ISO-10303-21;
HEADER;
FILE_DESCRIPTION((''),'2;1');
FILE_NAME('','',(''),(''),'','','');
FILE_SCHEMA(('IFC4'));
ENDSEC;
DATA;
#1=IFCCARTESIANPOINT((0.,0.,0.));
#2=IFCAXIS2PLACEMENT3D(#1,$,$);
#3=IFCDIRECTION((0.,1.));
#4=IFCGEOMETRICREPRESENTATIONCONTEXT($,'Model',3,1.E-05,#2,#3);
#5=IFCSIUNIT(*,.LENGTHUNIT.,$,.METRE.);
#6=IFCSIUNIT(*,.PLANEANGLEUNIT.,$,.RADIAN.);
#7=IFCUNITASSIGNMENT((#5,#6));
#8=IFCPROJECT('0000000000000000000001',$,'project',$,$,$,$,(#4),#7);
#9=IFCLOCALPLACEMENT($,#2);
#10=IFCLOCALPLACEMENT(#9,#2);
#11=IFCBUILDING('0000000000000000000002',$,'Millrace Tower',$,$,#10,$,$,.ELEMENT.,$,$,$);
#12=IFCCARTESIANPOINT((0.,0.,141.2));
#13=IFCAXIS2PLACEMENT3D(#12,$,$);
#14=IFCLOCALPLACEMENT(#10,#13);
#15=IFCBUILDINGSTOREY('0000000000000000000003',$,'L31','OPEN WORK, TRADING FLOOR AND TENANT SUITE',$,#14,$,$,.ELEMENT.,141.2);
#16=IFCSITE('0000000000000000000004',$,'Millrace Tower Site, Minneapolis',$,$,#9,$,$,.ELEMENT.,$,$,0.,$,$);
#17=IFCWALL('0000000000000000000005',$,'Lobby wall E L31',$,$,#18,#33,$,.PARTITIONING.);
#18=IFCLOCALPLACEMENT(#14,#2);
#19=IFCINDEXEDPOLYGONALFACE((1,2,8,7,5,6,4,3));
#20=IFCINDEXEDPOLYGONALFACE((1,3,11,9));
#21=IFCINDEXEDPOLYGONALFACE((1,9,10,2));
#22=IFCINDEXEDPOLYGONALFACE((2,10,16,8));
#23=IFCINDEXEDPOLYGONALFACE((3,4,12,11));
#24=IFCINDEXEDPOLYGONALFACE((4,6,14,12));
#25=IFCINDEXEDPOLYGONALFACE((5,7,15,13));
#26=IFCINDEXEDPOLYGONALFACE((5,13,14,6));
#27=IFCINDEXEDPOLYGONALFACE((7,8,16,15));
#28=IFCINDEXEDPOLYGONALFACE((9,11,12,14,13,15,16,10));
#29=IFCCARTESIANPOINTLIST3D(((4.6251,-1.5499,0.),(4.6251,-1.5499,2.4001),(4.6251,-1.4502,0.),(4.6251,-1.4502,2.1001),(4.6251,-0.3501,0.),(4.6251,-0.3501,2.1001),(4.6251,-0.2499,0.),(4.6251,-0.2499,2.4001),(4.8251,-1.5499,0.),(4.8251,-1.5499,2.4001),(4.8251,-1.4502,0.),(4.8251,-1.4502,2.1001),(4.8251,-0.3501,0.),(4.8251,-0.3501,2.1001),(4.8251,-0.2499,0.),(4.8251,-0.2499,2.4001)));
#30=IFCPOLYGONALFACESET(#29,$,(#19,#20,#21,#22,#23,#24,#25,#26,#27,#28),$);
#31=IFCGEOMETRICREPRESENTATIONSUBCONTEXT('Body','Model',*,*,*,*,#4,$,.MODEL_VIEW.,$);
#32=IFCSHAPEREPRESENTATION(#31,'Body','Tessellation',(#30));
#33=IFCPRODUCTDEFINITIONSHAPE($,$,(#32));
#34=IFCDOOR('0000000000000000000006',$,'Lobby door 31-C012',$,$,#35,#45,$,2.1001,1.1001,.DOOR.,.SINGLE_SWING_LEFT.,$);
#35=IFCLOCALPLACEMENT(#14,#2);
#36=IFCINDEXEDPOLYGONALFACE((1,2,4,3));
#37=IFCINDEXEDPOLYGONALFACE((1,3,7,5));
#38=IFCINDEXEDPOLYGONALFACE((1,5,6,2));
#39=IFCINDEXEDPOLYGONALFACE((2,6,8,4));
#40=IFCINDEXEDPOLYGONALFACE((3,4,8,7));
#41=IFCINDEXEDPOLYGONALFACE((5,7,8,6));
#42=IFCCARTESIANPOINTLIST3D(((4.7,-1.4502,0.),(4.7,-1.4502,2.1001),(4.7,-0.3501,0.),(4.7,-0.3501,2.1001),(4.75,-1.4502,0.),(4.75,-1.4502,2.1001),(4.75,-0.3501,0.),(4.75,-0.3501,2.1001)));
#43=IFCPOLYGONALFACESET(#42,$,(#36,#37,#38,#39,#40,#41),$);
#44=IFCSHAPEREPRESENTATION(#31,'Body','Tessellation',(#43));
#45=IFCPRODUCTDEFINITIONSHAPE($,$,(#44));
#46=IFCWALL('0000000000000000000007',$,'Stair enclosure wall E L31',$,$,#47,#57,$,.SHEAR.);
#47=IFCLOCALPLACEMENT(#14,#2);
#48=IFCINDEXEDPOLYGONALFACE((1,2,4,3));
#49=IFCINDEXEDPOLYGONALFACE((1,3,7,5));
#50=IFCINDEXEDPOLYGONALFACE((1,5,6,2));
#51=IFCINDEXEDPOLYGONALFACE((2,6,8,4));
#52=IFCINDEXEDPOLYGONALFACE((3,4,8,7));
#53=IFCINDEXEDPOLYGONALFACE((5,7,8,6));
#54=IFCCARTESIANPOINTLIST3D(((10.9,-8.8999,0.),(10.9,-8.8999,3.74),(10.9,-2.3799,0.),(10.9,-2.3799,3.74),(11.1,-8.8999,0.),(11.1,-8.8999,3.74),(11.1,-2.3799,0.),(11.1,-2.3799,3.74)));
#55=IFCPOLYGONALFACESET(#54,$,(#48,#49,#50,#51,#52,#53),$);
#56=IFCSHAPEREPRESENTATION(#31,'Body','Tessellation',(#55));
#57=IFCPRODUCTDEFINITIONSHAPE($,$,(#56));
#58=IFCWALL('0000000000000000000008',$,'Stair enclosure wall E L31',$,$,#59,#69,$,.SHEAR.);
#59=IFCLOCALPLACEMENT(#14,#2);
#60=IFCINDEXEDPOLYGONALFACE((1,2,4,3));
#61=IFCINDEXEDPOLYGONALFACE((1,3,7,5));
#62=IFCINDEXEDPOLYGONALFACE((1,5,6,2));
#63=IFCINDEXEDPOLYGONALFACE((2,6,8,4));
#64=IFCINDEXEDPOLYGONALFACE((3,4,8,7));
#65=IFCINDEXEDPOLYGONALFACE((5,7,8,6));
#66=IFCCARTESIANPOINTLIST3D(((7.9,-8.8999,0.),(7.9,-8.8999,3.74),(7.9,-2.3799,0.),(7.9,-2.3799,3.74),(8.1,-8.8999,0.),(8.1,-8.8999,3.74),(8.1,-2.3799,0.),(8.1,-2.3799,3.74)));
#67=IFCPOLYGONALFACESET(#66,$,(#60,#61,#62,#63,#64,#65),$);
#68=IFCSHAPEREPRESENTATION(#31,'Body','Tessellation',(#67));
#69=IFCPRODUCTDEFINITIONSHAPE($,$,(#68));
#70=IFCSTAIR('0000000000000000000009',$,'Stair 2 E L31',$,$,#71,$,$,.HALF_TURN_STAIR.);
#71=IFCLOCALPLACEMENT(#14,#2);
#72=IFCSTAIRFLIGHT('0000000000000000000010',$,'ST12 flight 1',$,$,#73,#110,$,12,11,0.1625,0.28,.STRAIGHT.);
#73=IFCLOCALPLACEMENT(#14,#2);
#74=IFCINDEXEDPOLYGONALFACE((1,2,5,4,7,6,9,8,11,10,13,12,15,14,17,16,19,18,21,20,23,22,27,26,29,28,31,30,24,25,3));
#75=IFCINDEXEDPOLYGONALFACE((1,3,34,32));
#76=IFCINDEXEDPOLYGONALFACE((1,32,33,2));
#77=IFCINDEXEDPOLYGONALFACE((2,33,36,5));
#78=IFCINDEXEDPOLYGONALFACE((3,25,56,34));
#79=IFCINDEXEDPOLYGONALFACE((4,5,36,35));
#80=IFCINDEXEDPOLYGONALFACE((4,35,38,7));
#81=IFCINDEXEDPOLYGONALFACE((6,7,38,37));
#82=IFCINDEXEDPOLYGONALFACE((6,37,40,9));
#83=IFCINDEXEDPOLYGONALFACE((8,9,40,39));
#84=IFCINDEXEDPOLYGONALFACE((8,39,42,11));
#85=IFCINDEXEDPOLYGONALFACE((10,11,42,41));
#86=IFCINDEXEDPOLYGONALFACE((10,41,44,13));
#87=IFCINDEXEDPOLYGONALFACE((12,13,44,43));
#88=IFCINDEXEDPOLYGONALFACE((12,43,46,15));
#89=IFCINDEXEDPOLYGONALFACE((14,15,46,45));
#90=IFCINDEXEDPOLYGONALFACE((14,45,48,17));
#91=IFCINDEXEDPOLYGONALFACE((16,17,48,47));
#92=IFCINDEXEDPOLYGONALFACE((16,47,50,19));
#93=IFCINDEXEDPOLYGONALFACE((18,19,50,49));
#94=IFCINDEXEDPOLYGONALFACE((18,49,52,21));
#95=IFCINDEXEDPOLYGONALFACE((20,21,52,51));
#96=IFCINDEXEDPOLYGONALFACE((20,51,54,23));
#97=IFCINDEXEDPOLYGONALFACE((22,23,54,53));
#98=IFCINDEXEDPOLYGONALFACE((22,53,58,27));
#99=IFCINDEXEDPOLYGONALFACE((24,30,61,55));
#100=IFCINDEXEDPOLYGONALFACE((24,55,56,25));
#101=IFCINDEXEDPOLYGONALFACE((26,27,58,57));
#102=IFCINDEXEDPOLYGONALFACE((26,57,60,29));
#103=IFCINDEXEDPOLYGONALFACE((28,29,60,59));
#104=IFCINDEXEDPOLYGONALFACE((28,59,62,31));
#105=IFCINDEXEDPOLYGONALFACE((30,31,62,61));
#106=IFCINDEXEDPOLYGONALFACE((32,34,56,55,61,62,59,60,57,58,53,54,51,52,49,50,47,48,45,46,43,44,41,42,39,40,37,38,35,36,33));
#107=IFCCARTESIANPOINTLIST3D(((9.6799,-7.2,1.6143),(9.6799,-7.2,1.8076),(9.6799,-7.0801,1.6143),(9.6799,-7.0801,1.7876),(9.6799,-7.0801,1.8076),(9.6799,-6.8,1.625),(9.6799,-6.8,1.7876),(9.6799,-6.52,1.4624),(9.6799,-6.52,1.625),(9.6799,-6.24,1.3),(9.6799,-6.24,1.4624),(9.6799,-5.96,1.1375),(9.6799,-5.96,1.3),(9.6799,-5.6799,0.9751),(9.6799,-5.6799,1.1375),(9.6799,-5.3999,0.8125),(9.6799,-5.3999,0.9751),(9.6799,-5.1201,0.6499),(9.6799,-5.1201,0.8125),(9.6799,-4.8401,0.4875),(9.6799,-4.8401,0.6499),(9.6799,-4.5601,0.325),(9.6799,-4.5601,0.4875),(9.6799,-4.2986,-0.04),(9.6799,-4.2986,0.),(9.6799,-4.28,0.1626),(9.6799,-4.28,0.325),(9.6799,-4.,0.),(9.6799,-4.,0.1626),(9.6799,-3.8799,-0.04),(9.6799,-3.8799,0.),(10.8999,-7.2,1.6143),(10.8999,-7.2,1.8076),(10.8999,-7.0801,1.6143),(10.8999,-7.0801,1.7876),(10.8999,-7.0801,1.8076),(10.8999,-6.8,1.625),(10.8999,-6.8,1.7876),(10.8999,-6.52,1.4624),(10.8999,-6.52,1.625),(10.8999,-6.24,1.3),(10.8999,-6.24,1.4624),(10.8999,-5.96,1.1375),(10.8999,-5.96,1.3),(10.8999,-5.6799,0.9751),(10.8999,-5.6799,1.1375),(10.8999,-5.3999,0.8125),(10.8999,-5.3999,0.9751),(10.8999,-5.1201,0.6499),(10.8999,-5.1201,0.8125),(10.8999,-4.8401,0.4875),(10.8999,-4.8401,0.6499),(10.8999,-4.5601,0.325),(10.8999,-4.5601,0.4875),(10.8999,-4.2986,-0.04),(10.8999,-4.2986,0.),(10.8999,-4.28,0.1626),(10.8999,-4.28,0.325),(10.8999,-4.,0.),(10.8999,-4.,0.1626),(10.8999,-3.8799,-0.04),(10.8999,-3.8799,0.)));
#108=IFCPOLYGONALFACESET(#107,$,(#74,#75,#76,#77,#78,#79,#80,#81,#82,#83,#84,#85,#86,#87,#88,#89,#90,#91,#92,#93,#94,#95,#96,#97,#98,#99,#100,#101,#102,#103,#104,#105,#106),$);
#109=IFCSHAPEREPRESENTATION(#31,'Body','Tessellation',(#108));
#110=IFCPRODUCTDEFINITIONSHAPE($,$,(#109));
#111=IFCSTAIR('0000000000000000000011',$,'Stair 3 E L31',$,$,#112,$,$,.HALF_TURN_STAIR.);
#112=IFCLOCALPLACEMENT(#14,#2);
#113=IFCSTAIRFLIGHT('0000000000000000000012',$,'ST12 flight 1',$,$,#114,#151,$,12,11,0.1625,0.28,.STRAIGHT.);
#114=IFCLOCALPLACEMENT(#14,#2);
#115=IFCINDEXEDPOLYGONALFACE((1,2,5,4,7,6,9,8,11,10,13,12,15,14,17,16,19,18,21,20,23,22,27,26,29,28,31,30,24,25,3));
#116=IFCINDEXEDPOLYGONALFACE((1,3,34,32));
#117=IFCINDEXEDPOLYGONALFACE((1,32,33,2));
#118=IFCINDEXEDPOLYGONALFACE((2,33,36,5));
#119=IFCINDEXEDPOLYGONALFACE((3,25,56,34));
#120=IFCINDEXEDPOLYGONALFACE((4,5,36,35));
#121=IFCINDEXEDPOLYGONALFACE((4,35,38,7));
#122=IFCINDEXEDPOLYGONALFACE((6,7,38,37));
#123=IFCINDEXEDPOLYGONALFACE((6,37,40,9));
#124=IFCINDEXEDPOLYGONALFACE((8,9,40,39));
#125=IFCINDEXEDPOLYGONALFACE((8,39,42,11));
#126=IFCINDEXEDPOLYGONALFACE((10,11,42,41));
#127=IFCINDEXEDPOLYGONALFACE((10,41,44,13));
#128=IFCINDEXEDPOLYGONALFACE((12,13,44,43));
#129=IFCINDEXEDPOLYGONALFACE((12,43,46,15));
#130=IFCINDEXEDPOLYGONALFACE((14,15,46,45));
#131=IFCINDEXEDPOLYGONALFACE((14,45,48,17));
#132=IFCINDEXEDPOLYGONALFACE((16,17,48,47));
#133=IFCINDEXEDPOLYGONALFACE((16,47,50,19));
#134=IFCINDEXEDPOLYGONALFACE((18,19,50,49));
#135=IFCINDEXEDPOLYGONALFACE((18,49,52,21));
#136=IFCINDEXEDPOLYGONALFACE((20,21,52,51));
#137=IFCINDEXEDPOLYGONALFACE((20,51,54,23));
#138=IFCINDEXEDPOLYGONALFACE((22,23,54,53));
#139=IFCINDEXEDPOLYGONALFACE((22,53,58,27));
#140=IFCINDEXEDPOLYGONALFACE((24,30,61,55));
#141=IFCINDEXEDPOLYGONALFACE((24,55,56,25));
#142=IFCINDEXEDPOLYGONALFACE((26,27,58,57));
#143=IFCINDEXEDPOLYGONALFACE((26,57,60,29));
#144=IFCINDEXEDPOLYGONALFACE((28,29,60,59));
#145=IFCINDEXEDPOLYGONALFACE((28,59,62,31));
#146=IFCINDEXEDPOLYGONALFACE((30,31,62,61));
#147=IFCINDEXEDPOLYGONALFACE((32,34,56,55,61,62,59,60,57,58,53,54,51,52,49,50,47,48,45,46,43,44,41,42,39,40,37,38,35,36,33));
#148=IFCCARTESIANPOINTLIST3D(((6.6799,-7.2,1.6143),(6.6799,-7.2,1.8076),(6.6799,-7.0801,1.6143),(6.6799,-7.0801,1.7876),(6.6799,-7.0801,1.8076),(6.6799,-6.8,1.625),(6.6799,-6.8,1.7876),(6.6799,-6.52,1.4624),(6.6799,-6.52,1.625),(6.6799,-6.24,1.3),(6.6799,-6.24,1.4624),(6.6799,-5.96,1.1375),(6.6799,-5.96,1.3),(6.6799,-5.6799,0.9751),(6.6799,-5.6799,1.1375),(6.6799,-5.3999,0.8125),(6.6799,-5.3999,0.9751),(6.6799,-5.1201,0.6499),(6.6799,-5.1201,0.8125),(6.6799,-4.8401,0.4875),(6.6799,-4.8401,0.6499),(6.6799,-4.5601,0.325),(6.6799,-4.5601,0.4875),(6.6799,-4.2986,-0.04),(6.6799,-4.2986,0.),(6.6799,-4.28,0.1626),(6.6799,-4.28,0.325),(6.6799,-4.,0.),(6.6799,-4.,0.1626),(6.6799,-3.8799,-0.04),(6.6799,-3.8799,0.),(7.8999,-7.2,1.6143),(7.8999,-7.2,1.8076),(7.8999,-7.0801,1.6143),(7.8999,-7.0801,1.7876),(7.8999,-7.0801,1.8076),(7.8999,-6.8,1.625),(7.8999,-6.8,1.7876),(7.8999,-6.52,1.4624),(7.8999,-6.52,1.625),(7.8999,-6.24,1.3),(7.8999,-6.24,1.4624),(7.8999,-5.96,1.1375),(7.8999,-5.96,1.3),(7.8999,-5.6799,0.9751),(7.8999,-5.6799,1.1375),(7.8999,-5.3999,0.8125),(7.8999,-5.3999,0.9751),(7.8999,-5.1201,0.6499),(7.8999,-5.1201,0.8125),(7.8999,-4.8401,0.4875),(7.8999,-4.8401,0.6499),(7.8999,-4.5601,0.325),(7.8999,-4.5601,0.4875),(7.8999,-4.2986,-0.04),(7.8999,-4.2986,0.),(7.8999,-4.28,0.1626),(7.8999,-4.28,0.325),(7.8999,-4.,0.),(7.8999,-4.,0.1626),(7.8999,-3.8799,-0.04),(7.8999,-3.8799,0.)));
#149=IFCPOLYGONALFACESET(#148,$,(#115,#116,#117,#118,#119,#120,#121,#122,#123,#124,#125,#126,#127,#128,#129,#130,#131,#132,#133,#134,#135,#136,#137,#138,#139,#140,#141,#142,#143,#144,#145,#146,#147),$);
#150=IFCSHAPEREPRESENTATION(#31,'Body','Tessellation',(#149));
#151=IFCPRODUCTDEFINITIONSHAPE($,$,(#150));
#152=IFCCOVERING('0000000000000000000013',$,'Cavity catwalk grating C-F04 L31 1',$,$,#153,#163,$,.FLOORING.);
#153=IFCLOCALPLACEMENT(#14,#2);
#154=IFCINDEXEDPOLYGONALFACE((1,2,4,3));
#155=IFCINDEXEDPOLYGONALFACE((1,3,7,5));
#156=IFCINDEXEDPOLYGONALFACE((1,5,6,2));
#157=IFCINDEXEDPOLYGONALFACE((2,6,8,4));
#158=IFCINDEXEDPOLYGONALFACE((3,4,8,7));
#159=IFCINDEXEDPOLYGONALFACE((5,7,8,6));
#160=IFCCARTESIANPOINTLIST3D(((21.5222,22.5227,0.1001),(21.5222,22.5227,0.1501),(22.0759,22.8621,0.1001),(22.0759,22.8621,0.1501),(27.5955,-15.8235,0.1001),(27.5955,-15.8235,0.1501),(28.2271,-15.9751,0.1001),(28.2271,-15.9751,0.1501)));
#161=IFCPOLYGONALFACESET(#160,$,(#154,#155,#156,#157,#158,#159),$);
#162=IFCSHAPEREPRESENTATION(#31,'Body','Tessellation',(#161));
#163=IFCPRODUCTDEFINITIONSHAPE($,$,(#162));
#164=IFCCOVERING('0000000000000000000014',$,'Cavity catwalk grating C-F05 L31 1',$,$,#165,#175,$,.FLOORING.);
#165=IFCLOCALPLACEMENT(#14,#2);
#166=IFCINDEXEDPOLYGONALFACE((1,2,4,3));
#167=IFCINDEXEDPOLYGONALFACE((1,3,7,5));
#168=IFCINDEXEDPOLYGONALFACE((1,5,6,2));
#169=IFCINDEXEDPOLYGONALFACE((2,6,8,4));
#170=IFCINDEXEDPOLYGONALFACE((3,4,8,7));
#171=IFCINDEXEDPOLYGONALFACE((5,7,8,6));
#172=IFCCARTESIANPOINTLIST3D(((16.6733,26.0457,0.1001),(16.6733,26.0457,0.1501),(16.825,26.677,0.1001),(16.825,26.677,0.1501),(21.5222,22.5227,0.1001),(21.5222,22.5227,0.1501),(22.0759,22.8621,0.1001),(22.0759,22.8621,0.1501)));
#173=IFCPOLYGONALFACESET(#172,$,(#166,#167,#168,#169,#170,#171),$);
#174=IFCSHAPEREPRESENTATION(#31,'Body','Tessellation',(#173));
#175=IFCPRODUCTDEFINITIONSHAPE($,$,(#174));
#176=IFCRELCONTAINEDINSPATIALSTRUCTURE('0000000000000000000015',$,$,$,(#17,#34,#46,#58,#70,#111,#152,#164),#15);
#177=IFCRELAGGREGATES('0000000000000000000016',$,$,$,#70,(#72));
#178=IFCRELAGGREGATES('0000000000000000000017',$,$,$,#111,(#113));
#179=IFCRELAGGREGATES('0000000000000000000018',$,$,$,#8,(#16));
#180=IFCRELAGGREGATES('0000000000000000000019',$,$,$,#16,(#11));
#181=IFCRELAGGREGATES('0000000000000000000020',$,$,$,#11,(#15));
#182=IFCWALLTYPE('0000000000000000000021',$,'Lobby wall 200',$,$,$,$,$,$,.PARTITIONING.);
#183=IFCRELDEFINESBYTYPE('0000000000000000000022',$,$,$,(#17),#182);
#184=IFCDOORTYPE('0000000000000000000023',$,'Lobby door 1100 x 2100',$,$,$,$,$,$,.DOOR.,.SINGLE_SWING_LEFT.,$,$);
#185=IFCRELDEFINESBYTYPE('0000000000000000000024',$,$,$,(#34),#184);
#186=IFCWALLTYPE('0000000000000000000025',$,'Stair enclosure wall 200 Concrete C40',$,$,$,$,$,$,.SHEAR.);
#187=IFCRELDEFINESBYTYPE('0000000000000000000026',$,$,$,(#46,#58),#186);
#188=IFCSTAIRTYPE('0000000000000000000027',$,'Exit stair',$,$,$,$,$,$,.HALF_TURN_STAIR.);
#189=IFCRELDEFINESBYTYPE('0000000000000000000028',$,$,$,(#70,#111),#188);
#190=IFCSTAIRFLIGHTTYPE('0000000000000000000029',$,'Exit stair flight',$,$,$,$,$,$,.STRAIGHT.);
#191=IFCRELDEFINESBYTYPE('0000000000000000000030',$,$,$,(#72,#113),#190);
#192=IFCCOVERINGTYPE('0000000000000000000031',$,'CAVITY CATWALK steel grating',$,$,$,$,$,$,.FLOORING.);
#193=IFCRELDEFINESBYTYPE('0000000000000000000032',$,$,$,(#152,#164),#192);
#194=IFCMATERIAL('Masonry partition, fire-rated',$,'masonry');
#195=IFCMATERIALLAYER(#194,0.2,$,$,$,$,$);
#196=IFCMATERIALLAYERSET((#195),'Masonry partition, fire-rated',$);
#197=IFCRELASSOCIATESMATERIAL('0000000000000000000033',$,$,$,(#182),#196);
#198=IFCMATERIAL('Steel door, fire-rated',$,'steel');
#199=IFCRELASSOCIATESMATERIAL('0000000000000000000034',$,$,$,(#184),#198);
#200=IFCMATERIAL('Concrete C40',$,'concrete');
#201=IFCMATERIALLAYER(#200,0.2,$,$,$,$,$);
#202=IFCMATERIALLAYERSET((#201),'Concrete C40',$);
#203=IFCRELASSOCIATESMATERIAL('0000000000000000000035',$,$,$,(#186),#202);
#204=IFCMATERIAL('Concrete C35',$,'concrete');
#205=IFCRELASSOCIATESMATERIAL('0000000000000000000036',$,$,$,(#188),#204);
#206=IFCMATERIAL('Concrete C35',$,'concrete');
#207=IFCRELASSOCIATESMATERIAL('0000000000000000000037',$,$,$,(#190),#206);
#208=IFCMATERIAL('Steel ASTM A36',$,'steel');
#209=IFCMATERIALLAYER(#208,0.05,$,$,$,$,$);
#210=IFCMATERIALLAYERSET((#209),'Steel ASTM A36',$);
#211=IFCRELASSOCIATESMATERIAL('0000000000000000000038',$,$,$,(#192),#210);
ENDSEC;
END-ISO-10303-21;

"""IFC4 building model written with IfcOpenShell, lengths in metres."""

from ifc_helpers import new_model, si_unit, direction, frame, frame_2d, origin, place, context, subcontext, project, spatial, polyline, rectangle, outline, extrude, material, layer, layer_set, type_object, element, fill, aggregate, save


model = new_model("IFC4")

# Units and contexts
model_context = context("Model", 3, precision=1e-05, world=origin(), true_north=direction((0.0, 1.0)))
body_context = subcontext(model_context, "Body", "Model", "MODEL_VIEW")
ifc_project = project(units=[si_unit("LENGTHUNIT", "METRE"), si_unit("PLANEANGLEUNIT", "RADIAN")], contexts=[model_context])

# Site, building, storey
site_placement = place(None, origin())
site = spatial("IfcSite", under=ifc_project, at=site_placement, Name="Millrace Tower Site, Minneapolis", CompositionType="ELEMENT", RefElevation=0.0)
building_placement = place(site_placement, origin())
building = spatial("IfcBuilding", under=site, at=building_placement, Name="Millrace Tower", CompositionType="ELEMENT")
storey_placement = place(building_placement, frame((0.0, 0.0, 141.2)))
storey = spatial("IfcBuildingStorey", under=building, at=storey_placement, Name="L31", Description="OPEN WORK, TRADING FLOOR AND TENANT SUITE", CompositionType="ELEMENT", Elevation=141.2)

# Shared definitions
placement_1 = place(storey_placement, origin())

# Wall, opening, door
ifc_material_1 = material(Name="Masonry partition, fire-rated", Category="masonry")
ifc_layer_1 = layer(ifc_material_1, 0.2)
ifc_layer_set_1 = layer_set([ifc_layer_1], Name="Masonry partition, fire-rated")
wall_type_1 = type_object("IfcWallType", Name="Lobby wall 200", PredefinedType="PARTITIONING", material=ifc_layer_set_1)
wall_1_placement = place(storey_placement, frame((4.7251, -0.25, 0.0), z_axis=(0.0, 0.0, 1.0), x_axis=(0.0, -1.0, 0.0)))
wall_1 = element("IfcWall", 1, at=wall_1_placement, inside=storey, type_object=wall_type_1, Name="Lobby wall E L31", PredefinedType="PARTITIONING", context=body_context, shape_type="SweptSolid", body=[
    extrude(rectangle(XDim=1.3, YDim=0.2, at=frame_2d((0.6499, 0.0))), origin(), (0.0, 0.0, 1.0), 2.4001),
])
opening_1_placement = place(wall_1_placement, frame((0.1001, 0.0, 0.0)))
opening_1 = element("IfcOpeningElement", 2, at=opening_1_placement, cuts=wall_1, PredefinedType="OPENING", context=body_context, shape_type="SweptSolid", body=[
    extrude(rectangle(XDim=1.1001, YDim=2.1001, at=frame_2d((0.55, 1.05))), frame((0.0, 0.1099, 0.0), z_axis=(0.0, -1.0, 0.0), x_axis=(1.0, 0.0, 0.0)), (0.0, 0.0, 1.0), 0.22),
])
ifc_material_2 = material(Name="Steel door, fire-rated", Category="steel")
door_type_1 = type_object("IfcDoorType", Name="Lobby door 1100 x 2100", OperationType="SINGLE_SWING_LEFT", PredefinedType="DOOR", material=ifc_material_2)
door_1_placement = place(opening_1_placement, origin())
door_1 = element("IfcDoor", 3, at=door_1_placement, inside=storey, type_object=door_type_1, Name="Lobby door 31-C012", OperationType="SINGLE_SWING_LEFT", OverallHeight=2.1001, OverallWidth=1.1001, PredefinedType="DOOR", context=body_context, shape_type="SweptSolid", body=[
    extrude(rectangle(XDim=1.1001, YDim=2.1001, at=frame_2d((0.55, 1.05))), frame((0.0, 0.0249, 0.0), z_axis=(0.0, -1.0, 0.0), x_axis=(1.0, 0.0, 0.0)), (0.0, 0.0, 1.0), 0.05),
])
fill(opening_1, door_1)

# Walls
ifc_material_3 = material(Name="Concrete C40", Category="concrete")
ifc_layer_2 = layer(ifc_material_3, 0.2)
ifc_layer_set_2 = layer_set([ifc_layer_2], Name="Concrete C40")
wall_type_2 = type_object("IfcWallType", Name="Stair enclosure wall 200 Concrete C40", PredefinedType="SHEAR", material=ifc_layer_set_2)
for number, where, z_axis, x_axis, name in (
    (4, (11.0, -2.3799, 0.0), (0.0, 0.0, 1.0), (0.0, -1.0, 0.0), "Stair enclosure wall E L31"),
    (5, (8.0, -2.3799, 0.0), (0.0, 0.0, 1.0), (0.0, -1.0, 0.0), "Stair enclosure wall E L31"),
):
    element("IfcWall", number, at=place(storey_placement, frame(where, z_axis=z_axis, x_axis=x_axis)), inside=storey, type_object=wall_type_2, Name=name, PredefinedType="SHEAR", context=body_context, shape_type="SweptSolid", body=[
        extrude(rectangle(XDim=6.52, YDim=0.2, at=frame_2d((3.26, 0.0))), origin(), (0.0, 0.0, 1.0), 3.74),
    ])

# Stairs, stair flights
ifc_material_4 = material(Name="Concrete C35", Category="concrete")
stair_type = type_object("IfcStairType", Name="Exit stair", PredefinedType="HALF_TURN_STAIR", material=ifc_material_4)
stair_1 = element("IfcStair", 6, at=placement_1, inside=storey, type_object=stair_type, Name="Stair 2 E L31", PredefinedType="HALF_TURN_STAIR")
ifc_material_5 = material(Name="Concrete C35", Category="concrete")
stair_flight_type = type_object("IfcStairFlightType", Name="Exit stair flight", PredefinedType="STRAIGHT", material=ifc_material_5)
stair_flight_1_placement = place(storey_placement, frame((10.29, -4.0, 0.0), z_axis=(0.0, 0.0, 1.0), x_axis=(0.0, -1.0, 0.0)))
stair_flight_1 = element("IfcStairFlight", 7, at=stair_flight_1_placement, type_object=stair_flight_type, Name="ST12 flight 1", NumberOfRisers=12, NumberOfTreads=11, PredefinedType="STRAIGHT", RiserHeight=0.1625, TreadLength=0.28, context=body_context, shape_type="SweptSolid", body=[
    extrude(outline(polyline([(-0.1201, -0.04), (-0.1201, 0.0), (0.0, 0.0), (0.0, 0.1626), (0.28, 0.1626), (0.28, 0.325), (0.5601, 0.325), (0.5601, 0.4875), (0.8401, 0.4875), (0.8401, 0.6499), (1.1201, 0.6499), (1.1201, 0.8125), (1.3999, 0.8125), (1.3999, 0.9751), (1.6799, 0.9751), (1.6799, 1.1375), (1.96, 1.1375), (1.96, 1.3), (2.24, 1.3), (2.24, 1.4624), (2.52, 1.4624), (2.52, 1.625), (2.8, 1.625), (2.8, 1.7876), (3.0801, 1.7876), (3.0801, 1.8076), (3.2, 1.8076), (3.2, 1.6143), (3.0801, 1.6143), (0.2986, 0.0), (0.2986, -0.04), (-0.1201, -0.04)])), frame((0.0, 0.6099, 0.0), z_axis=(0.0, -1.0, 0.0), x_axis=(1.0, 0.0, 0.0)), (0.0, 0.0, 1.0), 1.22),
])
aggregate(stair_1, [stair_flight_1])
stair_2 = element("IfcStair", 8, at=placement_1, inside=storey, type_object=stair_type, Name="Stair 3 E L31", PredefinedType="HALF_TURN_STAIR")
stair_flight_2_placement = place(storey_placement, frame((7.29, -4.0, 0.0), z_axis=(0.0, 0.0, 1.0), x_axis=(0.0, -1.0, 0.0)))
stair_flight_2 = element("IfcStairFlight", 9, at=stair_flight_2_placement, type_object=stair_flight_type, Name="ST12 flight 1", NumberOfRisers=12, NumberOfTreads=11, PredefinedType="STRAIGHT", RiserHeight=0.1625, TreadLength=0.28, context=body_context, shape_type="SweptSolid", body=[
    extrude(outline(polyline([(-0.1201, -0.04), (-0.1201, 0.0), (0.0, 0.0), (0.0, 0.1626), (0.28, 0.1626), (0.28, 0.325), (0.5601, 0.325), (0.5601, 0.4875), (0.8401, 0.4875), (0.8401, 0.6499), (1.1201, 0.6499), (1.1201, 0.8125), (1.3999, 0.8125), (1.3999, 0.9751), (1.6799, 0.9751), (1.6799, 1.1375), (1.96, 1.1375), (1.96, 1.3), (2.24, 1.3), (2.24, 1.4624), (2.52, 1.4624), (2.52, 1.625), (2.8, 1.625), (2.8, 1.7876), (3.0801, 1.7876), (3.0801, 1.8076), (3.2, 1.8076), (3.2, 1.6143), (3.0801, 1.6143), (0.2986, 0.0), (0.2986, -0.04), (-0.1201, -0.04)])), frame((0.0, 0.6099, 0.0), z_axis=(0.0, -1.0, 0.0), x_axis=(1.0, 0.0, 0.0)), (0.0, 0.0, 1.0), 1.22),
])
aggregate(stair_2, [stair_flight_2])

# Coverings
ifc_material_6 = material(Name="Steel ASTM A36", Category="steel")
ifc_layer_3 = layer(ifc_material_6, 0.05)
ifc_layer_set_3 = layer_set([ifc_layer_3], Name="Steel ASTM A36")
covering_type = type_object("IfcCoveringType", Name="CAVITY CATWALK steel grating", PredefinedType="FLOORING", material=ifc_layer_set_3)
placement_2 = place(storey_placement, frame((0.0, 0.0, 0.1001)))
element("IfcCovering", 10, at=placement_2, inside=storey, type_object=covering_type, Name="Cavity catwalk grating C-F04 L31 1", PredefinedType="FLOORING", context=body_context, shape_type="SweptSolid", body=[
    extrude(outline(polyline([(28.2271, -15.9751), (22.0759, 22.8621), (21.5222, 22.5227), (27.5955, -15.8235), (28.2271, -15.9751)])), origin(), (0.0, 0.0, 1.0), 0.05),
])
element("IfcCovering", 11, at=placement_2, inside=storey, type_object=covering_type, Name="Cavity catwalk grating C-F05 L31 1", PredefinedType="FLOORING", context=body_context, shape_type="SweptSolid", body=[
    extrude(outline(polyline([(22.0759, 22.8621), (16.825, 26.677), (16.6733, 26.0457), (21.5222, 22.5227), (22.0759, 22.8621)])), origin(), (0.0, 0.0, 1.0), 0.05),
])

save(model, "model.ifc")
